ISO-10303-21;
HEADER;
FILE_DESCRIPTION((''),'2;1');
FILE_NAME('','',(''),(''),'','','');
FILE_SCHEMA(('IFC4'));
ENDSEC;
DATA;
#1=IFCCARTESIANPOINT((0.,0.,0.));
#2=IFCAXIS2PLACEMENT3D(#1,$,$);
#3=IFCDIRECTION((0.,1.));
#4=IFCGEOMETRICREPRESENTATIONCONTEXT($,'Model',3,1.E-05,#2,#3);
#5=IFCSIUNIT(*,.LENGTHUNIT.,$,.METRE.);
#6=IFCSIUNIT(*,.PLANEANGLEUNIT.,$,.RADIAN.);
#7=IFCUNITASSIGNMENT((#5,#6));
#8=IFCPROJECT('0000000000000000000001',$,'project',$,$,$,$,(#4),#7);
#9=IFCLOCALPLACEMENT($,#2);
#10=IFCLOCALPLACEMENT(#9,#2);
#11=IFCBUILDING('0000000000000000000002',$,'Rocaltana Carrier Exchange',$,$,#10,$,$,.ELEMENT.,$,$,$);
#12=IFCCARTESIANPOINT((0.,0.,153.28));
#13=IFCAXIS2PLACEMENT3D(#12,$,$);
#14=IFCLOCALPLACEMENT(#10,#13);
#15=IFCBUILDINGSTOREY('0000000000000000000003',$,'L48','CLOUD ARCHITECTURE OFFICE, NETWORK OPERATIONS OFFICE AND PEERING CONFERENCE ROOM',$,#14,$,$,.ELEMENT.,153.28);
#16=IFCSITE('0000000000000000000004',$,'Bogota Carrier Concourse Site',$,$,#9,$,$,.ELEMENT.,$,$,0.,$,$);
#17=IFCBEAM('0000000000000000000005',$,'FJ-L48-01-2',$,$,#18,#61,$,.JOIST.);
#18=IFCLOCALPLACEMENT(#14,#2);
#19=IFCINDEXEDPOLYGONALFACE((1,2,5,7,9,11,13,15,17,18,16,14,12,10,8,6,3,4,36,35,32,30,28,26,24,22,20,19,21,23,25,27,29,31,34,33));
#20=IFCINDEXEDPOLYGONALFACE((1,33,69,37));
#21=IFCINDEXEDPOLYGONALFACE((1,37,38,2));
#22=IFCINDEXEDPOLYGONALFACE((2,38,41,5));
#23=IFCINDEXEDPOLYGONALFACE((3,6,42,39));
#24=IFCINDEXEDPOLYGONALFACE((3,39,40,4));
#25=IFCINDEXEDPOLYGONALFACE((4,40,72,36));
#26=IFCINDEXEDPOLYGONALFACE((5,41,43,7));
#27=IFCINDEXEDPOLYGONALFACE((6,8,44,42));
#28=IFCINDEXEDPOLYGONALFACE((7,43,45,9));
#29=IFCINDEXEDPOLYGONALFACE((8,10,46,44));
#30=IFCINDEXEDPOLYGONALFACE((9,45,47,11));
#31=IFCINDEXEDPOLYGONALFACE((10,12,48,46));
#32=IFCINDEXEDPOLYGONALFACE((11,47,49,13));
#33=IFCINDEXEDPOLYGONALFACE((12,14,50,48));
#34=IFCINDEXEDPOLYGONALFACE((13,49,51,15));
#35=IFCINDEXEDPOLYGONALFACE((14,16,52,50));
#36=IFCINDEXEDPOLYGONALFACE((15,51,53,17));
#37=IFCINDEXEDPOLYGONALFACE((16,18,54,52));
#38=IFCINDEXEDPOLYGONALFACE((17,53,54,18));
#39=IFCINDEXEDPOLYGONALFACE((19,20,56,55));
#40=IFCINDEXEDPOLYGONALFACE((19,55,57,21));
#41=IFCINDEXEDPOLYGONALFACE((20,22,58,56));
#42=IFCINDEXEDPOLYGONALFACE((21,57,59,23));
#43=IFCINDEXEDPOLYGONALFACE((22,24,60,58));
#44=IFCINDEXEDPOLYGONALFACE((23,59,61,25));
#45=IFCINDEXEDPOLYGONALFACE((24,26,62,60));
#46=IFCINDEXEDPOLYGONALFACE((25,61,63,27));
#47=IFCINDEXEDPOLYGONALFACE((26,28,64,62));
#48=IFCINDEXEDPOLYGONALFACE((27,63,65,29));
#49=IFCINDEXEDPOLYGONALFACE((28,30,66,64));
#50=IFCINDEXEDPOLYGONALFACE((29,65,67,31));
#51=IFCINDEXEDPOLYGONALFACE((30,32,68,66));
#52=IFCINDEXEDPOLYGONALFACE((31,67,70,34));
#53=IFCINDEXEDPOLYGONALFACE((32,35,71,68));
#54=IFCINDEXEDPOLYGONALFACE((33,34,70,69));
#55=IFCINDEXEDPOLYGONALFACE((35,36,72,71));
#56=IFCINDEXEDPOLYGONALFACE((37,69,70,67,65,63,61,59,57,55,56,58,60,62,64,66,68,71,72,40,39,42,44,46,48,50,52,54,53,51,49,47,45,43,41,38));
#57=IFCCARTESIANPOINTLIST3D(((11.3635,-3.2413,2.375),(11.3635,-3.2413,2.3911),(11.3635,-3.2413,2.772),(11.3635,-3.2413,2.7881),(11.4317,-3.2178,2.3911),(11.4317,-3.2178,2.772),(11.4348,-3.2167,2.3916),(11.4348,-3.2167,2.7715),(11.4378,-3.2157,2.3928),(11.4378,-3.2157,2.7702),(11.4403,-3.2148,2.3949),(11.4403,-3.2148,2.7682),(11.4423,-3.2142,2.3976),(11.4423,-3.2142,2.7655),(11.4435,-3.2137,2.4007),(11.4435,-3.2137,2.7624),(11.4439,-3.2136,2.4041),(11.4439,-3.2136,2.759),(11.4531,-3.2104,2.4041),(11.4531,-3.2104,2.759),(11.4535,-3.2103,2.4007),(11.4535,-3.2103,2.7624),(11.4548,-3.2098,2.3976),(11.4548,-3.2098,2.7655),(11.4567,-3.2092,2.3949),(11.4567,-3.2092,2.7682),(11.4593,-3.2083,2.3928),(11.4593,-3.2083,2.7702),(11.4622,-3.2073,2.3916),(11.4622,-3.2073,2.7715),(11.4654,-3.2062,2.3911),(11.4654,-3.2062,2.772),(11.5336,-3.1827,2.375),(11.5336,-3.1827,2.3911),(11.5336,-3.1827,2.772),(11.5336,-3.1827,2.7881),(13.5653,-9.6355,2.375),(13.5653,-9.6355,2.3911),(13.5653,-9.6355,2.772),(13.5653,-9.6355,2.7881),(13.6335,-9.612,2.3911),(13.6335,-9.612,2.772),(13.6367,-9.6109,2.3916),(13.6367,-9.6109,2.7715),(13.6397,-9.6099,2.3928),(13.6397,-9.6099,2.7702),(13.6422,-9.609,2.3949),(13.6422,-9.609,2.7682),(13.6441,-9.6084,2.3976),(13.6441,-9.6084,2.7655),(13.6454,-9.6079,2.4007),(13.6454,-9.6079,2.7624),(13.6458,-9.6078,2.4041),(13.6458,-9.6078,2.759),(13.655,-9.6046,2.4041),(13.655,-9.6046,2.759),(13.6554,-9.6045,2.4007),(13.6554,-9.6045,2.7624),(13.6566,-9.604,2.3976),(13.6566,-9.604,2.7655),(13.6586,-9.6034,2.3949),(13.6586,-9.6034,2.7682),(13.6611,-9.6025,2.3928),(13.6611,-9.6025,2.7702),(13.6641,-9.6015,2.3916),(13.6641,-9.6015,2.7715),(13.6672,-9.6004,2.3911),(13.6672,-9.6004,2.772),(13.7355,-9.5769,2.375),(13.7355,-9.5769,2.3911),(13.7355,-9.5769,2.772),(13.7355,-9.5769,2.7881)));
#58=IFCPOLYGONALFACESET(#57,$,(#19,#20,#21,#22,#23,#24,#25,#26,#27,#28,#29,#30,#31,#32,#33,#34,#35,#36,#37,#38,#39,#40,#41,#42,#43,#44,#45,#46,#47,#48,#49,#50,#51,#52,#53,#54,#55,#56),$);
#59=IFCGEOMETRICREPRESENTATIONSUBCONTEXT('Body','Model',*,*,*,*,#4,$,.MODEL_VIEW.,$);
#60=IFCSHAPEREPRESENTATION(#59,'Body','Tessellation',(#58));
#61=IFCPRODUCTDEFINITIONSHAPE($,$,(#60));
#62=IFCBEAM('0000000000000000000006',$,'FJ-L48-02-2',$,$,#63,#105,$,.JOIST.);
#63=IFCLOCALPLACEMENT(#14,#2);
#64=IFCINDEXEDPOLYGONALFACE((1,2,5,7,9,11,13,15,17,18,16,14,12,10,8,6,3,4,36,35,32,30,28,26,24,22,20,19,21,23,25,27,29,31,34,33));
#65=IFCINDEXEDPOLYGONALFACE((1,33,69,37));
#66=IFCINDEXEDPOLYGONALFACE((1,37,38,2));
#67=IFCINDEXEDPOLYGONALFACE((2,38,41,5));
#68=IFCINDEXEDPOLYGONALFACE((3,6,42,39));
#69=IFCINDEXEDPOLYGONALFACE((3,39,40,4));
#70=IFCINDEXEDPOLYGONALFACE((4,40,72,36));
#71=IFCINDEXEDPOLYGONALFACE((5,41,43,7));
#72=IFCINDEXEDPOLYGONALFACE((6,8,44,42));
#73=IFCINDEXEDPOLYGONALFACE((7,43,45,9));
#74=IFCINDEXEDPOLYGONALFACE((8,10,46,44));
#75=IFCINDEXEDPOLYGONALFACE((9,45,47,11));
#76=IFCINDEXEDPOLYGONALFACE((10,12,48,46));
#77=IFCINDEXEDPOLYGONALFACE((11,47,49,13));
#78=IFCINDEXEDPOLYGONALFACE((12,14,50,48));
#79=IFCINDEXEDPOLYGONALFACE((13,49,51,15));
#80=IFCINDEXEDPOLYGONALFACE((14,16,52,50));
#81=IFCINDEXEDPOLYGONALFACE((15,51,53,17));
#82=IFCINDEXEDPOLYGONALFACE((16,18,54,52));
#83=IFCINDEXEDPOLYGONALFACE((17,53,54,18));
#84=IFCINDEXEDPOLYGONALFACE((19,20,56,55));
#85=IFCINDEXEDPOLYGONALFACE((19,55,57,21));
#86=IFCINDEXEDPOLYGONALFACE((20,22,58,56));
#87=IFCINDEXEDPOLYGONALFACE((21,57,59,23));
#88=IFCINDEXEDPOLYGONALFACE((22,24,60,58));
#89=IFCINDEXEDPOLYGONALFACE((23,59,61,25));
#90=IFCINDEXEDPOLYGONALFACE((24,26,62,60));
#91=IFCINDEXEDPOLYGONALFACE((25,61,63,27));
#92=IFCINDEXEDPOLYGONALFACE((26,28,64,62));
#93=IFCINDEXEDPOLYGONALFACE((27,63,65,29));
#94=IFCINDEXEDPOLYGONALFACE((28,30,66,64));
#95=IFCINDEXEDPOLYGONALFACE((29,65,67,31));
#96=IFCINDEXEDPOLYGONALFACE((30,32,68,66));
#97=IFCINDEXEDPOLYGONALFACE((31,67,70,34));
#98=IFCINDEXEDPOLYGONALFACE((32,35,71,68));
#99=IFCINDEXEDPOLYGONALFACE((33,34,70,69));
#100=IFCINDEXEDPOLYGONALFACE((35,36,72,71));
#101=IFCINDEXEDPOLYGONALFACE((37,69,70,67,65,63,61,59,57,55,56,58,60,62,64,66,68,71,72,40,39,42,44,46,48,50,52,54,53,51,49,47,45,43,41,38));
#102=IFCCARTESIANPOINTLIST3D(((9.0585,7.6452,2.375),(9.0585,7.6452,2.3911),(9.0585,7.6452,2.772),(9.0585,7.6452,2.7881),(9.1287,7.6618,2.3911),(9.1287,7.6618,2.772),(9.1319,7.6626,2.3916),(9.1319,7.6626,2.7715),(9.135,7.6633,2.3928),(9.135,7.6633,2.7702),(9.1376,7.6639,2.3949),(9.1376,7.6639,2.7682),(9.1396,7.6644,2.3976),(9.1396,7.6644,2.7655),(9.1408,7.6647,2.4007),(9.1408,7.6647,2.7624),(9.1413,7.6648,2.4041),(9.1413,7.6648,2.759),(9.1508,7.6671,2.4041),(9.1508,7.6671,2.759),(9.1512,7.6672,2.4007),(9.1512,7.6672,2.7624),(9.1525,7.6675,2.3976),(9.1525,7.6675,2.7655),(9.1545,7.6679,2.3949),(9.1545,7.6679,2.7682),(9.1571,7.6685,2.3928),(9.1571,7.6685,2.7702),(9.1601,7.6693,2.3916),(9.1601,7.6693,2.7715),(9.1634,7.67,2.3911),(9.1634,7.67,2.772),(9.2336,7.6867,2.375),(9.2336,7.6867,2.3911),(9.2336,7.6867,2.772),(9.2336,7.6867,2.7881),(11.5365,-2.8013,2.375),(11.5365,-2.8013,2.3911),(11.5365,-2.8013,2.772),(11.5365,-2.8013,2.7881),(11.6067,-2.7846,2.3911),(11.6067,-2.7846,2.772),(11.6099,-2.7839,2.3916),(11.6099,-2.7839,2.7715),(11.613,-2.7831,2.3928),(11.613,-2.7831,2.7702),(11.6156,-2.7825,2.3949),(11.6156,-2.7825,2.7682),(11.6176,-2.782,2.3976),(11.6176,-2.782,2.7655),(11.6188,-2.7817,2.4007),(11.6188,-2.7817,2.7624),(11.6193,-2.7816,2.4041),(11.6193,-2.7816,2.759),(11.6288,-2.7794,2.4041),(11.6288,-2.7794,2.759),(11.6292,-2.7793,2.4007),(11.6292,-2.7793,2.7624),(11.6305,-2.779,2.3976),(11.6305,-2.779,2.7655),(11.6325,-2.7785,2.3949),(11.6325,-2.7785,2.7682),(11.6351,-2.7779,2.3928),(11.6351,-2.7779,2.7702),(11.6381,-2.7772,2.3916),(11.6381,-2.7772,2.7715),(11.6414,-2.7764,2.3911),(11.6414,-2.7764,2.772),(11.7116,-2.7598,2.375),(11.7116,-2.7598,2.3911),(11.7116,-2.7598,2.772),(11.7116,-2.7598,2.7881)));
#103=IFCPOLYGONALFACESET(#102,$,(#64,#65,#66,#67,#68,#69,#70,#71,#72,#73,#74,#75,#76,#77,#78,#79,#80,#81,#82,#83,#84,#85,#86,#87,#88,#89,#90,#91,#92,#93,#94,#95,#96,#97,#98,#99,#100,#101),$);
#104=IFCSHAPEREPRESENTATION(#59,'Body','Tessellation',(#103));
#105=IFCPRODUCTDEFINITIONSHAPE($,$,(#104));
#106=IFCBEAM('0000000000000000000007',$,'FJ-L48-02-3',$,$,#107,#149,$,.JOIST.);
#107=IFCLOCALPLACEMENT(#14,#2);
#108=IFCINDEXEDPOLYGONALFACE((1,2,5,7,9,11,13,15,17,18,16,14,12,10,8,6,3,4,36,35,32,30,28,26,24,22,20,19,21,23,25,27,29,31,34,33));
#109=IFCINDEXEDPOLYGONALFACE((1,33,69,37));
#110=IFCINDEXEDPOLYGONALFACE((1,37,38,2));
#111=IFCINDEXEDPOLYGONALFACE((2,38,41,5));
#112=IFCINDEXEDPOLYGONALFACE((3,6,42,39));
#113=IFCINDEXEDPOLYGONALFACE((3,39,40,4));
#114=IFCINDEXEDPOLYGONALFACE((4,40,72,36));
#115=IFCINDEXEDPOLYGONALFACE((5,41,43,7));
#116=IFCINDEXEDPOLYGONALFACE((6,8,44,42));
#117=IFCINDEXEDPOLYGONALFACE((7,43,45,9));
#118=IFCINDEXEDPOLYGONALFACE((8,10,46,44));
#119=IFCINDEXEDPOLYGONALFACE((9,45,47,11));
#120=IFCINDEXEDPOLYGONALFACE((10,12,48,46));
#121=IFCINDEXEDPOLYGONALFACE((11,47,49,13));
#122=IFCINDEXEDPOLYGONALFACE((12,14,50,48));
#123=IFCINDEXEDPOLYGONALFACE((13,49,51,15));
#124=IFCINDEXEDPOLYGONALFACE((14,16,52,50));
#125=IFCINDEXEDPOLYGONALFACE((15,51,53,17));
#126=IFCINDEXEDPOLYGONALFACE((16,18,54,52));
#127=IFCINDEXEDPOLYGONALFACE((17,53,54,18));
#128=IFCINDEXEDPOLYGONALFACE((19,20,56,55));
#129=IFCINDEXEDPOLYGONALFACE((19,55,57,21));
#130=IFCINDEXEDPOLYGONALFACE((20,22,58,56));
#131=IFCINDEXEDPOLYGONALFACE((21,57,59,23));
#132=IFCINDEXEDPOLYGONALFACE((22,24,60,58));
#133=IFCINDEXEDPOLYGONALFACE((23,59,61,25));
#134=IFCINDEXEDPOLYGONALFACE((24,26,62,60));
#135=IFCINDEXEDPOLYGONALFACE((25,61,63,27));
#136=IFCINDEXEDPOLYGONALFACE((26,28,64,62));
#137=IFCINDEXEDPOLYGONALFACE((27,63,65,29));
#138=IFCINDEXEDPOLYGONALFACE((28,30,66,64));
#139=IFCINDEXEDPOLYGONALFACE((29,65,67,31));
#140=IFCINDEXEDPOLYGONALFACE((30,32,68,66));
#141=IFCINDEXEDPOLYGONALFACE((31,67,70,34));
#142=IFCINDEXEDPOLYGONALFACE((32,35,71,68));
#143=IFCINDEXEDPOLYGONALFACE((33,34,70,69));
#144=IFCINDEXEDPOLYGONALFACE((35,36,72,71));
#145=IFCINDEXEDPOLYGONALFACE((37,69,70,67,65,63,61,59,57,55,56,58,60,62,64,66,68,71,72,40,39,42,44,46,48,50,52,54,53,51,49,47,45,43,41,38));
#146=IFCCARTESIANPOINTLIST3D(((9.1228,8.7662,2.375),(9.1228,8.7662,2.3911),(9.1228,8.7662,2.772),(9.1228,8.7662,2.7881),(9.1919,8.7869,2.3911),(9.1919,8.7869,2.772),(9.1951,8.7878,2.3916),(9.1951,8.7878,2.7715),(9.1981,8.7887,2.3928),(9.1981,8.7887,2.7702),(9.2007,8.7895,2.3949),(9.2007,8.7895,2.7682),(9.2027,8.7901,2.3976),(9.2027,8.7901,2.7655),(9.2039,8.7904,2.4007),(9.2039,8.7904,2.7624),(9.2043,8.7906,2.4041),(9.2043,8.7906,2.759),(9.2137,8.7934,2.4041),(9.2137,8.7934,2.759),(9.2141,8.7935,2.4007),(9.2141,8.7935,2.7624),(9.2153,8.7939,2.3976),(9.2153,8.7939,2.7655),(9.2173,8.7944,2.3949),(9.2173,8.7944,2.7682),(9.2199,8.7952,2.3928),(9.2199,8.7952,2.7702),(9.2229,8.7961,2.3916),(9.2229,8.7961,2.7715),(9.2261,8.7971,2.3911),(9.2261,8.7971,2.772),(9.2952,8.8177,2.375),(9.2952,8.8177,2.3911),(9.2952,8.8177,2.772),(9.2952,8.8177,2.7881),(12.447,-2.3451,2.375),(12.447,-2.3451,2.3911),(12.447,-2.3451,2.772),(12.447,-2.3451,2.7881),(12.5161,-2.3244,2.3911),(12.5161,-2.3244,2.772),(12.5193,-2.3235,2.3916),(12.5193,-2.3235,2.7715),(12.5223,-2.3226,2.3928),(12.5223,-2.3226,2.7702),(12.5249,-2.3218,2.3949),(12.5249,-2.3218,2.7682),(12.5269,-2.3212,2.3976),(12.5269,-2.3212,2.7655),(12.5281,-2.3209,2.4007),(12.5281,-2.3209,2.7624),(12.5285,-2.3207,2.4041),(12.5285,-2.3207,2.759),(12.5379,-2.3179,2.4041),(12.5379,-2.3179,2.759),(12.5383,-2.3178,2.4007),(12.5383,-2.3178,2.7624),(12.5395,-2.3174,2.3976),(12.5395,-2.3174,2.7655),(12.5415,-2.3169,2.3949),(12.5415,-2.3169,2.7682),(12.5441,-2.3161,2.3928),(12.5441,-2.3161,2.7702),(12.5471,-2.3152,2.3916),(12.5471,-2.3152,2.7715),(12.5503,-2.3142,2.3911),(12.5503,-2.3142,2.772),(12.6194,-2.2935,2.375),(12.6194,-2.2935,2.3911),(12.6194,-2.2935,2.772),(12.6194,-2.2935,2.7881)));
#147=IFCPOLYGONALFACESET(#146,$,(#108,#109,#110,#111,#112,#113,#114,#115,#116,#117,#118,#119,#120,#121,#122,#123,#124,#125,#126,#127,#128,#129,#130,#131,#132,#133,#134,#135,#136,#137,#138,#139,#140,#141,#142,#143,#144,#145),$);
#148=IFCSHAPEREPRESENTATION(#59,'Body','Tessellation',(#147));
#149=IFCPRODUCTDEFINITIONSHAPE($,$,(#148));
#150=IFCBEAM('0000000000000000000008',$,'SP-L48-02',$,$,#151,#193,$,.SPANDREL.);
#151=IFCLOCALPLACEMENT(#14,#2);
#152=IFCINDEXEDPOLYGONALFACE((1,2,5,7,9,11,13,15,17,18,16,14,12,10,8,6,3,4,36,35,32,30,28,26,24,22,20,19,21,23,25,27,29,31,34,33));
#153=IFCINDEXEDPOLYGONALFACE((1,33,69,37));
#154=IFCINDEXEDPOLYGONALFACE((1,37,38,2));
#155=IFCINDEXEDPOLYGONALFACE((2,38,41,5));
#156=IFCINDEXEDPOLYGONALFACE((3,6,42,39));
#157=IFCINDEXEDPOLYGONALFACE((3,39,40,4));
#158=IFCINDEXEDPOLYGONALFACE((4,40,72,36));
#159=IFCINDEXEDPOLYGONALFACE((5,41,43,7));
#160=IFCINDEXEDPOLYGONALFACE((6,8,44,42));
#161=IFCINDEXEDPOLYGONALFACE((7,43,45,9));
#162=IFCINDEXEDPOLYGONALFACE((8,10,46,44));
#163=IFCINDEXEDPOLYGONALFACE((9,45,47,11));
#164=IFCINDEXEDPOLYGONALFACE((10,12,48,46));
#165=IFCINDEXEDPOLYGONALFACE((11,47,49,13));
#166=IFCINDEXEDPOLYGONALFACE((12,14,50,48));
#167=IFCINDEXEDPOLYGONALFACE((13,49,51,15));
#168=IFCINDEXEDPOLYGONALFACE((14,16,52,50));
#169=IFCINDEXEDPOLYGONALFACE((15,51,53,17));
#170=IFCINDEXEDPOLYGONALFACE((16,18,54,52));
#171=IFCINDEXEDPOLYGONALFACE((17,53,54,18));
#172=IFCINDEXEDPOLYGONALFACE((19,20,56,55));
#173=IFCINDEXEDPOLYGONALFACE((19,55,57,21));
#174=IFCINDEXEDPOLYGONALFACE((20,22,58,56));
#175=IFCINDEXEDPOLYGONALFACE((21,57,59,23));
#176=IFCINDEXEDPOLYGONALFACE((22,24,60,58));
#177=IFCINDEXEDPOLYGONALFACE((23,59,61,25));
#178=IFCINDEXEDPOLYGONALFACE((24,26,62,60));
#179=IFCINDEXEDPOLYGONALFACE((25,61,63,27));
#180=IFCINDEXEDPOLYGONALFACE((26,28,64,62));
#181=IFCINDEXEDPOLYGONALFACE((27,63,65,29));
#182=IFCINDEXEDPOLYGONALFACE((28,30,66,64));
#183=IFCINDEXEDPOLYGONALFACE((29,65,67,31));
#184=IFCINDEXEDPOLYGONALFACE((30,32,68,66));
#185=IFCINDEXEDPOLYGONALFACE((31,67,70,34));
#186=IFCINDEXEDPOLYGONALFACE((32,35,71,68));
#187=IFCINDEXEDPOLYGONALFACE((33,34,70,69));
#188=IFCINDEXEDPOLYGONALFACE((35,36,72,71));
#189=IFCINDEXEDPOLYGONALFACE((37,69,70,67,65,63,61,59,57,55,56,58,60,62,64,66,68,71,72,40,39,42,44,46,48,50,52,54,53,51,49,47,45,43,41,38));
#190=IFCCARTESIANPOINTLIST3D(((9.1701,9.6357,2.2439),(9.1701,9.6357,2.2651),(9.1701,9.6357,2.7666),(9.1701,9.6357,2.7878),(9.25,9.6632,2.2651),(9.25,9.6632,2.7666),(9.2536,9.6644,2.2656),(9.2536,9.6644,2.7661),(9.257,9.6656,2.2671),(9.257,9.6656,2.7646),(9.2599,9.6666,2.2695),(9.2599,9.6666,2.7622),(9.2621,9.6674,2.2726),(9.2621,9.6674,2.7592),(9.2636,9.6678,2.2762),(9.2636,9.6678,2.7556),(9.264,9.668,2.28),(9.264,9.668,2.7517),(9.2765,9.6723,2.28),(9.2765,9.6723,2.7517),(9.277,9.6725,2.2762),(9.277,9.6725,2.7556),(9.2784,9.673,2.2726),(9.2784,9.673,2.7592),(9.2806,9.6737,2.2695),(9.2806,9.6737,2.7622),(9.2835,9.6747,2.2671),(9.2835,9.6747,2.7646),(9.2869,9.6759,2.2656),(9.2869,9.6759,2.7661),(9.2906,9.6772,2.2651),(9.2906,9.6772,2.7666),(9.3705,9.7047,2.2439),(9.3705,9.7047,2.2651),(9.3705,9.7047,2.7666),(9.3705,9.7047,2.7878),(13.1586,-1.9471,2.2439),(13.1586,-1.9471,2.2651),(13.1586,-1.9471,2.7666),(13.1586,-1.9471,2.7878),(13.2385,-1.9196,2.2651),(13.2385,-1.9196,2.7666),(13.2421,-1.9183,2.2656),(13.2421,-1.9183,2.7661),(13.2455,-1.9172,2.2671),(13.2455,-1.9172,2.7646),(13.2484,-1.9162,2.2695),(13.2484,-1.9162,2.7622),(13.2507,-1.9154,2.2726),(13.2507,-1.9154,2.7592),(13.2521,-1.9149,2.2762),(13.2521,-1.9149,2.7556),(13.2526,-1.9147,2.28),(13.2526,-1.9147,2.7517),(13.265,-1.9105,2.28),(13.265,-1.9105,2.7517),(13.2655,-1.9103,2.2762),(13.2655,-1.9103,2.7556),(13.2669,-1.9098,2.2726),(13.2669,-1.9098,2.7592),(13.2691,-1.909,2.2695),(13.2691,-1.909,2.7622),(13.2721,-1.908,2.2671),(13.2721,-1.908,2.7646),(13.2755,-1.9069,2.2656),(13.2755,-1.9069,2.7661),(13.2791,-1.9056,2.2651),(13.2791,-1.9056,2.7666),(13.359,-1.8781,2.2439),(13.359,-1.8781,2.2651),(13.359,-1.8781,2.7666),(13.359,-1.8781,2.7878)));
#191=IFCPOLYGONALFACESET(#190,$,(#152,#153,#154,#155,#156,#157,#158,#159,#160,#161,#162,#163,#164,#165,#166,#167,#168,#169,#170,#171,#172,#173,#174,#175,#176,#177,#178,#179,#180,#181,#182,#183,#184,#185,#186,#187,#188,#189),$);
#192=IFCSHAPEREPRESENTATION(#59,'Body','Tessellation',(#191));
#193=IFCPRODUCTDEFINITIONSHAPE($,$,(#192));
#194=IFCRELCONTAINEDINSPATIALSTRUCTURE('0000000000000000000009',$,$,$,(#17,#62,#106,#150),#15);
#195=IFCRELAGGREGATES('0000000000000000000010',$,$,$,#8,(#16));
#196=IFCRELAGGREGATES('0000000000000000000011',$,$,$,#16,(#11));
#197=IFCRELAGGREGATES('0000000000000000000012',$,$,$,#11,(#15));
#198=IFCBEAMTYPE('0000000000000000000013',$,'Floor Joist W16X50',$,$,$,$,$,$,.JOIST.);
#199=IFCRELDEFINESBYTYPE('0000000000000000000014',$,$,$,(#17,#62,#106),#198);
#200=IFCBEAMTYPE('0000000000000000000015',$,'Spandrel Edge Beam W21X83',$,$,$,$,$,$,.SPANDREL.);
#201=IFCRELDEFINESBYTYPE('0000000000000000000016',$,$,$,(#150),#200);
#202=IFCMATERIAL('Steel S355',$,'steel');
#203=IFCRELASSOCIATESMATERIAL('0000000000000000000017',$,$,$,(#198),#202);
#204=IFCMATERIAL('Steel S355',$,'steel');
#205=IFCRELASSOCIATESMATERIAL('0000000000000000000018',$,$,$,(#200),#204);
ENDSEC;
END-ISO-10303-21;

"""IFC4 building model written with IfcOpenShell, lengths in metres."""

from ifc_helpers import new_model, si_unit, direction, frame, origin, origin_2d, place, context, subcontext, project, spatial, i_section, extrude, material, material_profile, profile_set, type_object, element, save


model = new_model("IFC4")

# Units and contexts
model_context = context("Model", 3, precision=1e-05, world=origin(), true_north=direction((0.0, 1.0)))
body_context = subcontext(model_context, "Body", "Model", "MODEL_VIEW")
ifc_project = project(units=[si_unit("LENGTHUNIT", "METRE"), si_unit("PLANEANGLEUNIT", "RADIAN")], contexts=[model_context])

# Site, building, storey
site_placement = place(None, origin())
site = spatial("IfcSite", under=ifc_project, at=site_placement, Name="Bogota Carrier Concourse Site", CompositionType="ELEMENT", RefElevation=0.0)
building_placement = place(site_placement, origin())
building = spatial("IfcBuilding", under=site, at=building_placement, Name="Rocaltana Carrier Exchange", CompositionType="ELEMENT")
storey_placement = place(building_placement, frame((0.0, 0.0, 153.28)))
storey = spatial("IfcBuildingStorey", under=building, at=storey_placement, Name="L48", Description="CLOUD ARCHITECTURE OFFICE, NETWORK OPERATIONS OFFICE AND PEERING CONFERENCE ROOM", CompositionType="ELEMENT", Elevation=153.28)

# Beams
ifc_material_1 = material(Name="Steel S355", Category="steel")
ifc_material_profile_1 = material_profile(ifc_material_1, i_section(OverallWidth=0.1799, OverallDepth=0.4131, WebThickness=0.0098, FlangeThickness=0.0161, FilletRadius=0.0129, at=origin_2d()), Name="W16X50")
ifc_profile_set_1 = profile_set([ifc_material_profile_1], Name="Steel S355")
beam_type_1 = type_object("IfcBeamType", Name="Floor Joist W16X50", PredefinedType="JOIST", material=ifc_profile_set_1)
beam_1_placement = place(storey_placement, frame((13.6504, -9.6062, 2.5815), z_axis=(-0.325591, 0.945511, 0.0), x_axis=(-0.945511, -0.325591, 0.0)))
element("IfcBeam", 1, at=beam_1_placement, inside=storey, type_object=beam_type_1, Name="FJ-L48-01-2", PredefinedType="JOIST", context=body_context, shape_type="SweptSolid", body=[
    extrude(i_section(OverallWidth=0.1799, OverallDepth=0.4131, WebThickness=0.0098, FlangeThickness=0.0161, FilletRadius=0.0129, at=origin_2d()), origin(), (0.0, 0.0, 1.0), 6.7627),
])
beam_2_placement = place(storey_placement, frame((11.624, -2.7805, 2.5815), z_axis=(-0.230806, 0.973, 0.0), x_axis=(-0.973, -0.230806, 0.0)))
element("IfcBeam", 2, at=beam_2_placement, inside=storey, type_object=beam_type_1, Name="FJ-L48-02-2", PredefinedType="JOIST", context=body_context, shape_type="SweptSolid", body=[
    extrude(i_section(OverallWidth=0.1799, OverallDepth=0.4131, WebThickness=0.0098, FlangeThickness=0.0161, FilletRadius=0.0129, at=origin_2d()), origin(), (0.0, 0.0, 1.0), 10.7363),
])
beam_3_placement = place(storey_placement, frame((12.5332, -2.3193, 2.5815), z_axis=(-0.286622, 0.958044, 0.0), x_axis=(-0.958044, -0.286622, 0.0)))
element("IfcBeam", 3, at=beam_3_placement, inside=storey, type_object=beam_type_1, Name="FJ-L48-02-3", PredefinedType="JOIST", context=body_context, shape_type="SweptSolid", body=[
    extrude(i_section(OverallWidth=0.1799, OverallDepth=0.4131, WebThickness=0.0098, FlangeThickness=0.0161, FilletRadius=0.0129, at=origin_2d()), origin(), (0.0, 0.0, 1.0), 11.5979),
])
ifc_material_2 = material(Name="Steel S355", Category="steel")
ifc_material_profile_2 = material_profile(ifc_material_2, i_section(OverallWidth=0.2119, OverallDepth=0.5439, WebThickness=0.0132, FlangeThickness=0.0212, FilletRadius=0.0149, at=origin_2d()), Name="W21X83")
ifc_profile_set_2 = profile_set([ifc_material_profile_2], Name="Steel S355")
beam_type_2 = type_object("IfcBeamType", Name="Spandrel Edge Beam W21X83", PredefinedType="SPANDREL", material=ifc_profile_set_2)
beam_4_placement = place(storey_placement, frame((13.2588, -1.9126, 2.5159), z_axis=(-0.325587, 0.945512, 0.0), x_axis=(-0.945512, -0.325587, 0.0)))
element("IfcBeam", 4, at=beam_4_placement, inside=storey, type_object=beam_type_2, Name="SP-L48-02", PredefinedType="SPANDREL", context=body_context, shape_type="SweptSolid", body=[
    extrude(i_section(OverallWidth=0.2119, OverallDepth=0.5439, WebThickness=0.0132, FlangeThickness=0.0212, FilletRadius=0.0149, at=origin_2d()), origin(), (0.0, 0.0, 1.0), 12.2502),
])

save(model, "model.ifc")
